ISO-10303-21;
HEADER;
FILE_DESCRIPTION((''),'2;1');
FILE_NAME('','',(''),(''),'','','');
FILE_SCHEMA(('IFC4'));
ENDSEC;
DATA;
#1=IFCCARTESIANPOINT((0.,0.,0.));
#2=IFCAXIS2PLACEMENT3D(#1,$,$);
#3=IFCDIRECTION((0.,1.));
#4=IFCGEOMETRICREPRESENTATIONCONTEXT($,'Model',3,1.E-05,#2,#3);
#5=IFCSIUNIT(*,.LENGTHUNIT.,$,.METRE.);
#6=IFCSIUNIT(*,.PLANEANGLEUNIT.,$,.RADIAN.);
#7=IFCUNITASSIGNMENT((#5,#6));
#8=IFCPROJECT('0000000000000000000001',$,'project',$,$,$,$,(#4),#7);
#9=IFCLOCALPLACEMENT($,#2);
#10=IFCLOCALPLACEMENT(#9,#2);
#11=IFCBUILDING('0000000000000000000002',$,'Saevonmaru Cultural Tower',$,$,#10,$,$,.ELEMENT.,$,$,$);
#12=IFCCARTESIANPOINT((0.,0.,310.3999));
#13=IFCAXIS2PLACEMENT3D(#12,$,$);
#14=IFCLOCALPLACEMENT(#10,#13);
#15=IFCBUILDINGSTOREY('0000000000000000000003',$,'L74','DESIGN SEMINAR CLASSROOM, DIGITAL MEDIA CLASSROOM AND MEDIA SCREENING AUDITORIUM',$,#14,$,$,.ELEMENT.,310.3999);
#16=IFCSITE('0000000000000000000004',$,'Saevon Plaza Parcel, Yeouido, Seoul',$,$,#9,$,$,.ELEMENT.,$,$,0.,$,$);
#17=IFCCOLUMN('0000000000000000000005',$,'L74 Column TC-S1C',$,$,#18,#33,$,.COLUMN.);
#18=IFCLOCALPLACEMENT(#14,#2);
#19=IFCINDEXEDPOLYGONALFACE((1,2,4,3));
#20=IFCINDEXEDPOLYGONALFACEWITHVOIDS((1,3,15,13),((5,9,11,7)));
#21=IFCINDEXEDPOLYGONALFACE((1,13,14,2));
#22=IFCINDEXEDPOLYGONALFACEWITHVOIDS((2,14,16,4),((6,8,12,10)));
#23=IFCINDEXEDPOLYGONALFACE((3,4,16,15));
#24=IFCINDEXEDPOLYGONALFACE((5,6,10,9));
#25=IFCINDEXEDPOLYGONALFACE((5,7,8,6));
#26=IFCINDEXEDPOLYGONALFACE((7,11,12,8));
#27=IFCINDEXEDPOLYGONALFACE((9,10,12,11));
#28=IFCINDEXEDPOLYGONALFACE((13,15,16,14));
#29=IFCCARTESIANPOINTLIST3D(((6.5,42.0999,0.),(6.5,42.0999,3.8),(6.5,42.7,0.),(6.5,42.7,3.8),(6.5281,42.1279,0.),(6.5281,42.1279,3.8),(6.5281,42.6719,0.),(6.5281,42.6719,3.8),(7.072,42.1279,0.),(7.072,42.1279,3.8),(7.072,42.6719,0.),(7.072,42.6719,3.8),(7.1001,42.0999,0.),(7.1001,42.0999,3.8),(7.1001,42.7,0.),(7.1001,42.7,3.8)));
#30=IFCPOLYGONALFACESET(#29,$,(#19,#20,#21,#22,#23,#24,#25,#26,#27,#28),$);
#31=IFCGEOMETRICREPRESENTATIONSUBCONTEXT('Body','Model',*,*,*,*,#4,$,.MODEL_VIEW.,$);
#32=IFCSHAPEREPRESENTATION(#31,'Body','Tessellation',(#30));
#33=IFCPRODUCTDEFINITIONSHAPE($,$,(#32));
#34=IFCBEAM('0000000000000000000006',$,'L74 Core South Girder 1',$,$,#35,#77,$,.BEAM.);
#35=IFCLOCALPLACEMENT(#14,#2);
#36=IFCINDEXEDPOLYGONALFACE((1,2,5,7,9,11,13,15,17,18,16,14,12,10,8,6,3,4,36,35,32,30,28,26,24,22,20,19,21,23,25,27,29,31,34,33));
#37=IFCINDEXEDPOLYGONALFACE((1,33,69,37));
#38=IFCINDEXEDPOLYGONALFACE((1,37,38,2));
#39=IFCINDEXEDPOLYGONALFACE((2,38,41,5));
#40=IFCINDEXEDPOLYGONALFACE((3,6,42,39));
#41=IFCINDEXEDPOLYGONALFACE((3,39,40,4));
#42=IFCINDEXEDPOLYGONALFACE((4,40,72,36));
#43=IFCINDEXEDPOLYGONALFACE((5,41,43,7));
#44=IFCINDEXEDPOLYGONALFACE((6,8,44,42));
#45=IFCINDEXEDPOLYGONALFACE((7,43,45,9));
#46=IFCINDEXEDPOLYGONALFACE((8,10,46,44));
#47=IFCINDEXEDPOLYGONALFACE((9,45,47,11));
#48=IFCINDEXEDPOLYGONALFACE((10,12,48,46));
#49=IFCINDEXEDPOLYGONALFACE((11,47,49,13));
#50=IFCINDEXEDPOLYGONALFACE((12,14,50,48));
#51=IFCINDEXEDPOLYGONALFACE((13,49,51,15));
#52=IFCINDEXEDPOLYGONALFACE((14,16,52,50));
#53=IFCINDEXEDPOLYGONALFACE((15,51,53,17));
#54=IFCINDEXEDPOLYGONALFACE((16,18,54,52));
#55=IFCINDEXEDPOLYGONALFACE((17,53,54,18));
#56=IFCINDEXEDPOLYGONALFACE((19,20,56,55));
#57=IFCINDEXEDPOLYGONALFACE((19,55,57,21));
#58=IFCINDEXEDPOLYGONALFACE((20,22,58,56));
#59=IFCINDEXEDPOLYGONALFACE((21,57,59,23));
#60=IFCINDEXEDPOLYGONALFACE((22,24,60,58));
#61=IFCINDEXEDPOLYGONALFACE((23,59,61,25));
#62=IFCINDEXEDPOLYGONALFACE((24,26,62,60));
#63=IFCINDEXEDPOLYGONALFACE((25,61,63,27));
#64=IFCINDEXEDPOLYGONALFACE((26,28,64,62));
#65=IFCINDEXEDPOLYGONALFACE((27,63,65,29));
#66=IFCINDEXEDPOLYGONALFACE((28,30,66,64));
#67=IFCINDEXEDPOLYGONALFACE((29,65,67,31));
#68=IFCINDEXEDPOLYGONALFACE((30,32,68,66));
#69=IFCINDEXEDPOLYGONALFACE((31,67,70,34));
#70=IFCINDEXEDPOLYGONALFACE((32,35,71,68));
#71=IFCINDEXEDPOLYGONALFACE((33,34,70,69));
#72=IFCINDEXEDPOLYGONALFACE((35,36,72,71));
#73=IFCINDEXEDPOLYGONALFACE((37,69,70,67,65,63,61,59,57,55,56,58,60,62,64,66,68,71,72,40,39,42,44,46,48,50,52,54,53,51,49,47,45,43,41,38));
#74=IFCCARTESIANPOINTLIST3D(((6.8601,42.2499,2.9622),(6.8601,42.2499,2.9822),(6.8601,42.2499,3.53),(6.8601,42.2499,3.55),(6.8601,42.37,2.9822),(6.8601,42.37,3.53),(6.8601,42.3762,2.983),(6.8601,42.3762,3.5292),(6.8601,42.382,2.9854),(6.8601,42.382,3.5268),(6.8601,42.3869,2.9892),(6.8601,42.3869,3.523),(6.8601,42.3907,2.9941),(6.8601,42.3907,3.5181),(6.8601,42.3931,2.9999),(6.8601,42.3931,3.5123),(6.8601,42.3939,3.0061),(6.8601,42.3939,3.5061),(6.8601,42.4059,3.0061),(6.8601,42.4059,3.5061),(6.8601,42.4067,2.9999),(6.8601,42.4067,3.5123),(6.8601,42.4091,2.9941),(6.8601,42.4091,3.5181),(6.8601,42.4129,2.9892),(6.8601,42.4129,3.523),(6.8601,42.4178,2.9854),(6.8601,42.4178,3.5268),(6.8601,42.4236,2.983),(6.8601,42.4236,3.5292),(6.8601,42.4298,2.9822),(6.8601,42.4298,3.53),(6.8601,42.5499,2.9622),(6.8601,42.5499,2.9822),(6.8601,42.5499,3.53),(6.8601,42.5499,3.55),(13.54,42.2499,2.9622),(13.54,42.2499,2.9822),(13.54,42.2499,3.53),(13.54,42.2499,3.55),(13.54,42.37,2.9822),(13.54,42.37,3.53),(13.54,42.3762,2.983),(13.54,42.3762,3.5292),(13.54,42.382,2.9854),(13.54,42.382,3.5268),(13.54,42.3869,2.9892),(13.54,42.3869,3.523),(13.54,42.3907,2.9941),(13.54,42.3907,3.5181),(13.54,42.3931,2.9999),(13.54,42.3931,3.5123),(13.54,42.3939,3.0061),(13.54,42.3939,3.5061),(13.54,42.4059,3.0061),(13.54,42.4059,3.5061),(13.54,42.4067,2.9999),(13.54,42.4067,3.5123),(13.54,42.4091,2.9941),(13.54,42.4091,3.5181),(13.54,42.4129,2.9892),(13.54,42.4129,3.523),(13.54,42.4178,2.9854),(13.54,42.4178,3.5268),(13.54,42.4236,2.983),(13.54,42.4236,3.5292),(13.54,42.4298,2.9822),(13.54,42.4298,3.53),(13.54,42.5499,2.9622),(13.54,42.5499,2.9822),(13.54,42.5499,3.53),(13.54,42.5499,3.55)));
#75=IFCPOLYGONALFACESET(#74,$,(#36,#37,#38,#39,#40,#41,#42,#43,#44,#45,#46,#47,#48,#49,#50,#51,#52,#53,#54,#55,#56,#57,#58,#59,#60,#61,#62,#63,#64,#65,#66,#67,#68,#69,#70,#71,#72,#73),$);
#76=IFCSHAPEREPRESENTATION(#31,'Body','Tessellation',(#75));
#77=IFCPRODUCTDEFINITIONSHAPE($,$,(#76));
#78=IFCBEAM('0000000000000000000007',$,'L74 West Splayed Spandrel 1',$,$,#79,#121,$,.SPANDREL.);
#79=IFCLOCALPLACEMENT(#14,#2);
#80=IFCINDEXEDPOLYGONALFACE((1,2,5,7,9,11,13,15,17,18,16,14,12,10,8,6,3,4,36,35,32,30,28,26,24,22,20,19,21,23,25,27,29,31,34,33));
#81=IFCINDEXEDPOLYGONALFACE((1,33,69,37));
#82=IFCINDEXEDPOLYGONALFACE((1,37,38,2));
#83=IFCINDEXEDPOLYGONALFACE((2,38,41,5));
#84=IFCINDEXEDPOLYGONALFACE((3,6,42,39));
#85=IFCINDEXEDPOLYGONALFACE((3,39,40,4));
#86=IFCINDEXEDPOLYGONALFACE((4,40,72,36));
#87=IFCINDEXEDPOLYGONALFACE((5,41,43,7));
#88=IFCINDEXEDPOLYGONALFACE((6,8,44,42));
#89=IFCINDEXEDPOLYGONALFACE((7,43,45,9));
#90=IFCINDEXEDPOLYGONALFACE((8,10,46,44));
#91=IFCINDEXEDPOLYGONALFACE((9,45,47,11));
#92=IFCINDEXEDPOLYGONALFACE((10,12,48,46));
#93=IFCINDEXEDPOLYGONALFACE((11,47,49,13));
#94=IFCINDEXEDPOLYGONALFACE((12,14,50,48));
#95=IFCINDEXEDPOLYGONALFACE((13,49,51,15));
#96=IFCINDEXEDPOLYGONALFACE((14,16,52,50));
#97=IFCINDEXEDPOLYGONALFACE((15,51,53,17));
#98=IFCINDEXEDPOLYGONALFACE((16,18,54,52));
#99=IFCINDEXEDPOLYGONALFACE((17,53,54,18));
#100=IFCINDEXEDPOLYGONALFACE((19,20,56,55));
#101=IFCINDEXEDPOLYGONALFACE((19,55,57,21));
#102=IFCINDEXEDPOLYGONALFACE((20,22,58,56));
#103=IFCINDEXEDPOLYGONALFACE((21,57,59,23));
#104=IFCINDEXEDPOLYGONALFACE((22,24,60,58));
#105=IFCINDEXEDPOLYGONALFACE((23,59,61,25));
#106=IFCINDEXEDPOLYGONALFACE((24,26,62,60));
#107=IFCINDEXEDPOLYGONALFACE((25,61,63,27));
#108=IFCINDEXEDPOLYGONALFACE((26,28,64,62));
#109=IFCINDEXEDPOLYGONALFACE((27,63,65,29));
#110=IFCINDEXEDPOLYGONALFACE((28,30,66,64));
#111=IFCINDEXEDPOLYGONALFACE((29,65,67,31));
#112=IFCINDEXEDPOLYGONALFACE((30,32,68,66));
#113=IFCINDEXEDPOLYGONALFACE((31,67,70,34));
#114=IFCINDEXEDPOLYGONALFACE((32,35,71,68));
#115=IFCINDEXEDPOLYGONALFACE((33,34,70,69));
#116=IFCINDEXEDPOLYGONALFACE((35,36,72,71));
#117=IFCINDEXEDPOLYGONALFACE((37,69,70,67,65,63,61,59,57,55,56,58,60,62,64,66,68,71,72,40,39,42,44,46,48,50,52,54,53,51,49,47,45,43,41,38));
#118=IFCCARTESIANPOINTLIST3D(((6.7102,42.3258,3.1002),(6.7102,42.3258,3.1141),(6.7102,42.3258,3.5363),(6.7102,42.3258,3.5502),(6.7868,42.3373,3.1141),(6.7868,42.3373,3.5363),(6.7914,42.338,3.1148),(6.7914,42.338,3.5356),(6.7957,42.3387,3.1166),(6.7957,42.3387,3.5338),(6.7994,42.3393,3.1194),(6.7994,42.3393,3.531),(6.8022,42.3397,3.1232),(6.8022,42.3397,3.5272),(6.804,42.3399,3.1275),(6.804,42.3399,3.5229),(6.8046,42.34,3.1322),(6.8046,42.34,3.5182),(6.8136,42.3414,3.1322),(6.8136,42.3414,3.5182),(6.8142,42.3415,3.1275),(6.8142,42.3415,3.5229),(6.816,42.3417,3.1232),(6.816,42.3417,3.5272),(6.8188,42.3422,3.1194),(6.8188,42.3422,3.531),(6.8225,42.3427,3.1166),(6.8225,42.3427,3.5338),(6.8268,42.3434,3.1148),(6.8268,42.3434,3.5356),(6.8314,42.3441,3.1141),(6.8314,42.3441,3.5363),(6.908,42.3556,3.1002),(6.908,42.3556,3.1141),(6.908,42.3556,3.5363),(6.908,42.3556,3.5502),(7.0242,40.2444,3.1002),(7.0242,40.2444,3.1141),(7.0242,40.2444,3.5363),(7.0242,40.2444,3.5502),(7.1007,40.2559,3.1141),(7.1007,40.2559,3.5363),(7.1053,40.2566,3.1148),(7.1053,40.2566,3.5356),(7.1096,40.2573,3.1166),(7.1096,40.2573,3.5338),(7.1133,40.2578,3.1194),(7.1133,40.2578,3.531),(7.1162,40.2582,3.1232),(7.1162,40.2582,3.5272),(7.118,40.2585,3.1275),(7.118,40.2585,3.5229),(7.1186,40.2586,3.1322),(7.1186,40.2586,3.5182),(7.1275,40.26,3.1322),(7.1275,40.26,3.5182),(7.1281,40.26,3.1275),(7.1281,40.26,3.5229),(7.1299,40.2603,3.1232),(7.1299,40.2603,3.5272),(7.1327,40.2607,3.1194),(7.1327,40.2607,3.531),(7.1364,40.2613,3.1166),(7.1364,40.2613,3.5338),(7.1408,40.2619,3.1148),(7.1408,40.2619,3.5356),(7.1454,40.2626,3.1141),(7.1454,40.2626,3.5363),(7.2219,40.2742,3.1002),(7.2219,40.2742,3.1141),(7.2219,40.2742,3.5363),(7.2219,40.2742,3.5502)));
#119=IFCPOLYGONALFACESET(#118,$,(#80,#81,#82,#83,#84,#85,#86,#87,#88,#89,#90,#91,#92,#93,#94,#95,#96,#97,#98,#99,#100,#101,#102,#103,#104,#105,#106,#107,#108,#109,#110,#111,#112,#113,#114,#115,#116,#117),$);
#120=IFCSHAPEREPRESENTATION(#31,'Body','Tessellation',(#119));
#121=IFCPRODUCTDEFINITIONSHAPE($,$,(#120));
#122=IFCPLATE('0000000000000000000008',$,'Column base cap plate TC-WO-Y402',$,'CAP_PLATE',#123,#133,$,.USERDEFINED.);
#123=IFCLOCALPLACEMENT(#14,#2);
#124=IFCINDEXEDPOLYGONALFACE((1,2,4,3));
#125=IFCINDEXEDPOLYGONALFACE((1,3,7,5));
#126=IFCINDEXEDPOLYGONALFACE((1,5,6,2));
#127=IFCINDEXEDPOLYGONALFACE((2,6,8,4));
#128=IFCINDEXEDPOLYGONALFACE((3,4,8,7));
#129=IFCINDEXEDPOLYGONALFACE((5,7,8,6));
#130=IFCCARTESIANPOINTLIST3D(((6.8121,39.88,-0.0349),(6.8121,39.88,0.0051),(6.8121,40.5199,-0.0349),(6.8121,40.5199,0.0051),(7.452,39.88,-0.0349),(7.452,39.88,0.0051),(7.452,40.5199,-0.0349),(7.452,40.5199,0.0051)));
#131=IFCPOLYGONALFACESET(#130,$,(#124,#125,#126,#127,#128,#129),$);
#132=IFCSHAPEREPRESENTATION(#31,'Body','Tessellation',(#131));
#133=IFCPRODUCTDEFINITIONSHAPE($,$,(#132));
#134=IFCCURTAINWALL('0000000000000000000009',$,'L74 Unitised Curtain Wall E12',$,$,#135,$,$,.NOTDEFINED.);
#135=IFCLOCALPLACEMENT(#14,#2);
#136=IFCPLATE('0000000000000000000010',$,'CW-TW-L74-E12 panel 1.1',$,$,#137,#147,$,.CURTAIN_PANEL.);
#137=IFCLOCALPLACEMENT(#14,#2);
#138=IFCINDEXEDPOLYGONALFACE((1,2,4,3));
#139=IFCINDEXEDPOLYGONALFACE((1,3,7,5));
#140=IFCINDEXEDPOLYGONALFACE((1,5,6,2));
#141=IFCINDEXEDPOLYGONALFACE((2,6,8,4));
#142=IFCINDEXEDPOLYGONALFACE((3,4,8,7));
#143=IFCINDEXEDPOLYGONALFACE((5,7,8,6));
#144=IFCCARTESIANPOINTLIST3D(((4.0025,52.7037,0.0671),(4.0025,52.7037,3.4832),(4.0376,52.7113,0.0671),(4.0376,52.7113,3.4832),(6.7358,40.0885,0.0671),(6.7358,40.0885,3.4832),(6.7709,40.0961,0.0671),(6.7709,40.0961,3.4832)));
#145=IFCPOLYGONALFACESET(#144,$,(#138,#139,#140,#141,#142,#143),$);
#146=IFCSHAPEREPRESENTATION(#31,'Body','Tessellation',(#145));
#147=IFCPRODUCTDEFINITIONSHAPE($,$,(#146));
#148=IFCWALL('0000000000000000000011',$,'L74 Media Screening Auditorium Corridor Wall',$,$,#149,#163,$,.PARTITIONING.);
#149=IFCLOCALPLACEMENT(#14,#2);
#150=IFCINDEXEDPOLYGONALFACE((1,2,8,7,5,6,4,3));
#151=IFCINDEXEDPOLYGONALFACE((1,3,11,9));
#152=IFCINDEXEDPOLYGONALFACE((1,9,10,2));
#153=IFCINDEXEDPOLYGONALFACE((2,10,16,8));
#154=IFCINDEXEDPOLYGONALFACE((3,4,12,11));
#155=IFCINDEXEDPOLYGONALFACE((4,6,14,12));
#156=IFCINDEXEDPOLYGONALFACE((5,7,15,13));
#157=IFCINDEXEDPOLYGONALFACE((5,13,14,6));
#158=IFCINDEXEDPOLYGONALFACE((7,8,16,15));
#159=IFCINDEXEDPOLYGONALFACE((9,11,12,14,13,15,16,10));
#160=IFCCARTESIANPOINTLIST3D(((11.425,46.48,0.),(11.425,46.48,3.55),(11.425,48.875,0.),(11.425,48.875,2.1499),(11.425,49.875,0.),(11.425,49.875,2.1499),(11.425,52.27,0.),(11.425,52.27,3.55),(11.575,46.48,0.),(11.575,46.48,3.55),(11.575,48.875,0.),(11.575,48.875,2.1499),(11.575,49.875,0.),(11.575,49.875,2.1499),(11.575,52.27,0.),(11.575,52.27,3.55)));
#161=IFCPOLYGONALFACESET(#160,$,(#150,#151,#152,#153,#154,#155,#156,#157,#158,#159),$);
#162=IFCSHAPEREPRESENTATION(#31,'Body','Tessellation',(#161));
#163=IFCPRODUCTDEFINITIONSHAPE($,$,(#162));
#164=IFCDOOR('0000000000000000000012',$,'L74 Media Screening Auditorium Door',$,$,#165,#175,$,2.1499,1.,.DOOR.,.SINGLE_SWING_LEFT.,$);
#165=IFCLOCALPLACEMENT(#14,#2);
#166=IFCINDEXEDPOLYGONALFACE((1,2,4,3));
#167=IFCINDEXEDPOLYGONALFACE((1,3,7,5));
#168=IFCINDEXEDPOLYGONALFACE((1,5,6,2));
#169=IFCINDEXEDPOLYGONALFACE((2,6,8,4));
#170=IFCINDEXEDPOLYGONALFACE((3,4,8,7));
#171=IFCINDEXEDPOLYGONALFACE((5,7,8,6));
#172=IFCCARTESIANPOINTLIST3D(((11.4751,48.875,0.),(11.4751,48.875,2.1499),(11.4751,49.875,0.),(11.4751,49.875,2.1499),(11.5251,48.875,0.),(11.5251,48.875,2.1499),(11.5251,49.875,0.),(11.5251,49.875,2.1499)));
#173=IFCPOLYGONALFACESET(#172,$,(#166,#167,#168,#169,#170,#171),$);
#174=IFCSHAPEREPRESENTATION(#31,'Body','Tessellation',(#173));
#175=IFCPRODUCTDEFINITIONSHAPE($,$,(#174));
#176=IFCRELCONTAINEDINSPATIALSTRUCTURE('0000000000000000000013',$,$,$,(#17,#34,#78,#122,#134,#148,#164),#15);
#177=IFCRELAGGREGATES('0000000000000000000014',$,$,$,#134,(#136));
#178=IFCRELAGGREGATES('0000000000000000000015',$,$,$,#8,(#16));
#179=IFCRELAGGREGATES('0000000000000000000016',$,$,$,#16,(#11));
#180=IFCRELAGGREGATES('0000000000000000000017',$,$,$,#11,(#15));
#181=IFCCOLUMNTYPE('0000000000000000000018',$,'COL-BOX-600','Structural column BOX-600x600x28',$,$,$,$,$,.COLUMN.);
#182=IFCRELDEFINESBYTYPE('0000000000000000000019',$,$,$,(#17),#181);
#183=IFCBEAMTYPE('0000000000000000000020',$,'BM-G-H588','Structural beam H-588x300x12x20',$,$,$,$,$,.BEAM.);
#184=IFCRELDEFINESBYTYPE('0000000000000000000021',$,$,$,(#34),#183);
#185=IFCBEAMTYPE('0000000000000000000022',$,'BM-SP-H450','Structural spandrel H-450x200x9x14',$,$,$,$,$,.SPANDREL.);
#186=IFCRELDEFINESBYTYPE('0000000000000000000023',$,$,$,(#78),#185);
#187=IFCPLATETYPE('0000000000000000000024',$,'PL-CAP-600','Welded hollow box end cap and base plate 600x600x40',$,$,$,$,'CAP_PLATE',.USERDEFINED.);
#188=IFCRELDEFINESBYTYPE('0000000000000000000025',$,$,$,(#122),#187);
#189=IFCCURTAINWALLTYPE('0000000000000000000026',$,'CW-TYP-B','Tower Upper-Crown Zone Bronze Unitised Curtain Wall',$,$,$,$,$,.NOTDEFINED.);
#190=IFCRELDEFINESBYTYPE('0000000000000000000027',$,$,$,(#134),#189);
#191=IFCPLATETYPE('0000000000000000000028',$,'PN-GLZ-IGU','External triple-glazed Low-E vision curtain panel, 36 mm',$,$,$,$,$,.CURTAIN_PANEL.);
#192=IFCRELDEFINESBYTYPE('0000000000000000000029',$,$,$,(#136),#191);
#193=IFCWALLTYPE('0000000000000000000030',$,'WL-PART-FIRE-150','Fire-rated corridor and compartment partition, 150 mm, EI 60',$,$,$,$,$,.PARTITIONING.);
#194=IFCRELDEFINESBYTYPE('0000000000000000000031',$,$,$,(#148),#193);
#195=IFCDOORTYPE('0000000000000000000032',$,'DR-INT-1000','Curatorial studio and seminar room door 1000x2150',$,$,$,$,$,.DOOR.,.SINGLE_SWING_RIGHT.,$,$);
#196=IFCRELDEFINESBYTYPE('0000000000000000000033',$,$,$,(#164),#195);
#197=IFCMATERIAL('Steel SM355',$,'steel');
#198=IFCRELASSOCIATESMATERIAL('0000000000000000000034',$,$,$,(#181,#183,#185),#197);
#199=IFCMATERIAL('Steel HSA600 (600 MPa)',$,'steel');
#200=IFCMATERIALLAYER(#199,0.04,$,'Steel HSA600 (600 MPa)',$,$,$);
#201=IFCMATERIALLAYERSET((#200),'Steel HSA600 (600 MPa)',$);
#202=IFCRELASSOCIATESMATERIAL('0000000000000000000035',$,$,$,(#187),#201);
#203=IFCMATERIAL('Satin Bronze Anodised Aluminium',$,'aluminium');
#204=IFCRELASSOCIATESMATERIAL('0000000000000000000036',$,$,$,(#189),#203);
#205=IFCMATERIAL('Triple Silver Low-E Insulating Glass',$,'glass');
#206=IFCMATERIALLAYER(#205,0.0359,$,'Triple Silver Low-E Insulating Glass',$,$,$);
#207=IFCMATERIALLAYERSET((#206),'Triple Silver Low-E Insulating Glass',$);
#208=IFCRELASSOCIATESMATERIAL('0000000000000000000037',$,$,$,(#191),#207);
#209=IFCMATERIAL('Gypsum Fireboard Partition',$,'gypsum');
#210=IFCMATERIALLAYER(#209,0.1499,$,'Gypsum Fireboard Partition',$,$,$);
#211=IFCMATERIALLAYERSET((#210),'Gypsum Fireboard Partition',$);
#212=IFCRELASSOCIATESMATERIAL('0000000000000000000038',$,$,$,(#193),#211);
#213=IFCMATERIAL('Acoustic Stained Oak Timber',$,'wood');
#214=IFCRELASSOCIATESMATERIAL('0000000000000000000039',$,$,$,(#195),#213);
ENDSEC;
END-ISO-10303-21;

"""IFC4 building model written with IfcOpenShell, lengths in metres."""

from ifc_helpers import new_model, si_unit, direction, frame, frame_2d, origin, origin_2d, place, context, subcontext, project, spatial, rectangle, hollow_rectangle, i_section, extrude, material, layer, layer_set, material_profile, profile_set, type_object, element, fill, aggregate, save


model = new_model("IFC4")

# Units and contexts
model_context = context("Model", 3, precision=1e-05, world=origin(), true_north=direction((0.0, 1.0)))
body_context = subcontext(model_context, "Body", "Model", "MODEL_VIEW")
ifc_project = project(units=[si_unit("LENGTHUNIT", "METRE"), si_unit("PLANEANGLEUNIT", "RADIAN")], contexts=[model_context])

# Site, building, storey
site_placement = place(None, origin())
site = spatial("IfcSite", under=ifc_project, at=site_placement, Name="Saevon Plaza Parcel, Yeouido, Seoul", CompositionType="ELEMENT", RefElevation=0.0)
building_placement = place(site_placement, origin())
building = spatial("IfcBuilding", under=site, at=building_placement, Name="Saevonmaru Cultural Tower", CompositionType="ELEMENT")
storey_placement = place(building_placement, frame((0.0, 0.0, 310.3999)))
storey = spatial("IfcBuildingStorey", under=building, at=storey_placement, Name="L74", Description="DESIGN SEMINAR CLASSROOM, DIGITAL MEDIA CLASSROOM AND MEDIA SCREENING AUDITORIUM", CompositionType="ELEMENT", Elevation=310.3999)

# Column
ifc_material_1 = material(Name="Steel SM355", Category="steel")
ifc_material_profile_1 = material_profile(ifc_material_1, hollow_rectangle(XDim=0.6001, YDim=0.6001, WallThickness=0.0281, at=origin_2d()), Name="BOX-600x600x28")
ifc_profile_set_1 = profile_set([ifc_material_profile_1], Name="Steel SM355")
column_type = type_object("IfcColumnType", Name="COL-BOX-600", Description="Structural column BOX-600x600x28", PredefinedType="COLUMN", material=ifc_profile_set_1)
column_placement = place(storey_placement, frame((6.8, 42.3999, 0.0), z_axis=(0.0, 0.0, 1.0), x_axis=(1.0, 0.0, 0.0)))
element("IfcColumn", 1, at=column_placement, inside=storey, type_object=column_type, Name="L74 Column TC-S1C", PredefinedType="COLUMN", context=body_context, shape_type="SweptSolid", body=[
    extrude(hollow_rectangle(XDim=0.6001, YDim=0.6001, WallThickness=0.0281, at=origin_2d()), origin(), (0.0, 0.0, 1.0), 3.8),
])

# Beams
ifc_material_profile_2 = material_profile(ifc_material_1, i_section(OverallWidth=0.3, OverallDepth=0.5879, WebThickness=0.012, FlangeThickness=0.02, FilletRadius=0.0239, at=origin_2d()), Name="H-588x300x12x20")
ifc_profile_set_2 = profile_set([ifc_material_profile_2], Name="Steel SM355")
beam_type_1 = type_object("IfcBeamType", Name="BM-G-H588", Description="Structural beam H-588x300x12x20", PredefinedType="BEAM", material=ifc_profile_set_2)
beam_1_placement = place(storey_placement, frame((6.8601, 42.3999, 3.2561), z_axis=(1.0, 0.0, 0.0), x_axis=(0.0, 1.0, 0.0)))
element("IfcBeam", 2, at=beam_1_placement, inside=storey, type_object=beam_type_1, Name="L74 Core South Girder 1", PredefinedType="BEAM", context=body_context, shape_type="SweptSolid", body=[
    extrude(i_section(OverallWidth=0.3, OverallDepth=0.5879, WebThickness=0.012, FlangeThickness=0.02, FilletRadius=0.0239, at=origin_2d()), origin(), (0.0, 0.0, 1.0), 6.6799),
])
ifc_material_profile_3 = material_profile(ifc_material_1, i_section(OverallWidth=0.2, OverallDepth=0.45, WebThickness=0.009, FlangeThickness=0.0139, FilletRadius=0.0181, at=origin_2d()), Name="H-450x200x9x14")
ifc_profile_set_3 = profile_set([ifc_material_profile_3], Name="Steel SM355")
beam_type_2 = type_object("IfcBeamType", Name="BM-SP-H450", Description="Structural spandrel H-450x200x9x14", PredefinedType="SPANDREL", material=ifc_profile_set_3)
beam_2_placement = place(storey_placement, frame((7.123, 40.2593, 3.3252), z_axis=(-0.149146, 0.988815, 0.0), x_axis=(-0.988815, -0.149146, 0.0)))
element("IfcBeam", 3, at=beam_2_placement, inside=storey, type_object=beam_type_2, Name="L74 West Splayed Spandrel 1", PredefinedType="SPANDREL", context=body_context, shape_type="SweptSolid", body=[
    extrude(i_section(OverallWidth=0.2, OverallDepth=0.45, WebThickness=0.009, FlangeThickness=0.0139, FilletRadius=0.0181, at=origin_2d()), origin(), (0.0, 0.0, 1.0), 2.105),
])

# Plate
ifc_material_2 = material(Name="Steel HSA600 (600 MPa)", Category="steel")
ifc_layer_1 = layer(ifc_material_2, 0.04, Name="Steel HSA600 (600 MPa)")
ifc_layer_set_1 = layer_set([ifc_layer_1], Name="Steel HSA600 (600 MPa)")
plate_type_1 = type_object("IfcPlateType", Name="PL-CAP-600", Description="Welded hollow box end cap and base plate 600x600x40", ElementType="CAP_PLATE", PredefinedType="USERDEFINED", material=ifc_layer_set_1)
plate_1_placement = place(storey_placement, frame((7.1321, 40.2, -0.0349), z_axis=(0.0, 0.0, 1.0), x_axis=(1.0, 0.0, 0.0)))
element("IfcPlate", 4, at=plate_1_placement, inside=storey, type_object=plate_type_1, Name="Column base cap plate TC-WO-Y402", ObjectType="CAP_PLATE", PredefinedType="USERDEFINED", context=body_context, shape_type="SweptSolid", body=[
    extrude(rectangle(XDim=0.6399, YDim=0.6399, at=origin_2d()), origin(), (0.0, 0.0, 1.0), 0.04),
])

# Curtain wall, plate
ifc_material_3 = material(Name="Satin Bronze Anodised Aluminium", Category="aluminium")
curtain_wall_type = type_object("IfcCurtainWallType", Name="CW-TYP-B", Description="Tower Upper-Crown Zone Bronze Unitised Curtain Wall", PredefinedType="NOTDEFINED", material=ifc_material_3)
curtain_wall_placement = place(storey_placement, origin())
curtain_wall = element("IfcCurtainWall", 5, at=curtain_wall_placement, inside=storey, type_object=curtain_wall_type, Name="L74 Unitised Curtain Wall E12", PredefinedType="NOTDEFINED")
ifc_material_4 = material(Name="Triple Silver Low-E Insulating Glass", Category="glass")
ifc_layer_2 = layer(ifc_material_4, 0.0359, Name="Triple Silver Low-E Insulating Glass")
ifc_layer_set_2 = layer_set([ifc_layer_2], Name="Triple Silver Low-E Insulating Glass")
plate_type_2 = type_object("IfcPlateType", Name="PN-GLZ-IGU", Description="External triple-glazed Low-E vision curtain panel, 36 mm", PredefinedType="CURTAIN_PANEL", material=ifc_layer_set_2)
plate_2_placement = place(storey_placement, frame((5.3867, 46.3999, 0.0671), z_axis=(0.0, 0.0, 1.0), x_axis=(0.21175, -0.977324, 0.0)))
plate_2 = element("IfcPlate", 6, at=plate_2_placement, type_object=plate_type_2, Name="CW-TW-L74-E12 panel 1.1", PredefinedType="CURTAIN_PANEL", context=body_context, shape_type="SweptSolid", body=[
    extrude(rectangle(XDim=12.908, YDim=0.0359, at=origin_2d()), origin(), (0.0, 0.0, 1.0), 3.416),
])
aggregate(curtain_wall, [plate_2])

# Wall, opening, door
ifc_material_5 = material(Name="Gypsum Fireboard Partition", Category="gypsum")
ifc_layer_3 = layer(ifc_material_5, 0.1499, Name="Gypsum Fireboard Partition")
ifc_layer_set_3 = layer_set([ifc_layer_3], Name="Gypsum Fireboard Partition")
wall_type_1 = type_object("IfcWallType", Name="WL-PART-FIRE-150", Description="Fire-rated corridor and compartment partition, 150 mm, EI 60", PredefinedType="PARTITIONING", material=ifc_layer_set_3)
wall_1_placement = place(storey_placement, frame((11.5, 46.48, 0.0), z_axis=(0.0, 0.0, 1.0), x_axis=(0.0, 1.0, 0.0)))
wall_1 = element("IfcWall", 7, at=wall_1_placement, inside=storey, type_object=wall_type_1, Name="L74 Media Screening Auditorium Corridor Wall", PredefinedType="PARTITIONING", context=body_context, shape_type="SweptSolid", body=[
    extrude(rectangle(XDim=5.79, YDim=0.1499, at=frame_2d((2.895, 0.0))), origin(), (0.0, 0.0, 1.0), 3.55),
])
opening_1_placement = place(wall_1_placement, frame((2.395, 0.0, 0.0)))
opening_1 = element("IfcOpeningElement", 8, at=opening_1_placement, cuts=wall_1, PredefinedType="OPENING", context=body_context, shape_type="SweptSolid", body=[
    extrude(rectangle(XDim=1.0, YDim=2.1499, at=frame_2d((0.5, 1.075))), frame((0.0, 0.085, 0.0), z_axis=(0.0, -1.0, 0.0), x_axis=(1.0, 0.0, 0.0)), (0.0, 0.0, 1.0), 0.1699),
])
ifc_material_6 = material(Name="Acoustic Stained Oak Timber", Category="wood")
door_type_1 = type_object("IfcDoorType", Name="DR-INT-1000", Description="Curatorial studio and seminar room door 1000x2150", OperationType="SINGLE_SWING_RIGHT", PredefinedType="DOOR", material=ifc_material_6)
door_1_placement = place(opening_1_placement, origin())
door_1 = element("IfcDoor", 9, at=door_1_placement, inside=storey, type_object=door_type_1, Name="L74 Media Screening Auditorium Door", OperationType="SINGLE_SWING_LEFT", OverallHeight=2.1499, OverallWidth=1.0, PredefinedType="DOOR", context=body_context, shape_type="SweptSolid", body=[
    extrude(rectangle(XDim=1.0, YDim=2.1499, at=frame_2d((0.5, 1.075))), frame((0.0, 0.0249, 0.0), z_axis=(0.0, -1.0, 0.0), x_axis=(1.0, 0.0, 0.0)), (0.0, 0.0, 1.0), 0.05),
])
fill(opening_1, door_1)

save(model, "model.ifc")
